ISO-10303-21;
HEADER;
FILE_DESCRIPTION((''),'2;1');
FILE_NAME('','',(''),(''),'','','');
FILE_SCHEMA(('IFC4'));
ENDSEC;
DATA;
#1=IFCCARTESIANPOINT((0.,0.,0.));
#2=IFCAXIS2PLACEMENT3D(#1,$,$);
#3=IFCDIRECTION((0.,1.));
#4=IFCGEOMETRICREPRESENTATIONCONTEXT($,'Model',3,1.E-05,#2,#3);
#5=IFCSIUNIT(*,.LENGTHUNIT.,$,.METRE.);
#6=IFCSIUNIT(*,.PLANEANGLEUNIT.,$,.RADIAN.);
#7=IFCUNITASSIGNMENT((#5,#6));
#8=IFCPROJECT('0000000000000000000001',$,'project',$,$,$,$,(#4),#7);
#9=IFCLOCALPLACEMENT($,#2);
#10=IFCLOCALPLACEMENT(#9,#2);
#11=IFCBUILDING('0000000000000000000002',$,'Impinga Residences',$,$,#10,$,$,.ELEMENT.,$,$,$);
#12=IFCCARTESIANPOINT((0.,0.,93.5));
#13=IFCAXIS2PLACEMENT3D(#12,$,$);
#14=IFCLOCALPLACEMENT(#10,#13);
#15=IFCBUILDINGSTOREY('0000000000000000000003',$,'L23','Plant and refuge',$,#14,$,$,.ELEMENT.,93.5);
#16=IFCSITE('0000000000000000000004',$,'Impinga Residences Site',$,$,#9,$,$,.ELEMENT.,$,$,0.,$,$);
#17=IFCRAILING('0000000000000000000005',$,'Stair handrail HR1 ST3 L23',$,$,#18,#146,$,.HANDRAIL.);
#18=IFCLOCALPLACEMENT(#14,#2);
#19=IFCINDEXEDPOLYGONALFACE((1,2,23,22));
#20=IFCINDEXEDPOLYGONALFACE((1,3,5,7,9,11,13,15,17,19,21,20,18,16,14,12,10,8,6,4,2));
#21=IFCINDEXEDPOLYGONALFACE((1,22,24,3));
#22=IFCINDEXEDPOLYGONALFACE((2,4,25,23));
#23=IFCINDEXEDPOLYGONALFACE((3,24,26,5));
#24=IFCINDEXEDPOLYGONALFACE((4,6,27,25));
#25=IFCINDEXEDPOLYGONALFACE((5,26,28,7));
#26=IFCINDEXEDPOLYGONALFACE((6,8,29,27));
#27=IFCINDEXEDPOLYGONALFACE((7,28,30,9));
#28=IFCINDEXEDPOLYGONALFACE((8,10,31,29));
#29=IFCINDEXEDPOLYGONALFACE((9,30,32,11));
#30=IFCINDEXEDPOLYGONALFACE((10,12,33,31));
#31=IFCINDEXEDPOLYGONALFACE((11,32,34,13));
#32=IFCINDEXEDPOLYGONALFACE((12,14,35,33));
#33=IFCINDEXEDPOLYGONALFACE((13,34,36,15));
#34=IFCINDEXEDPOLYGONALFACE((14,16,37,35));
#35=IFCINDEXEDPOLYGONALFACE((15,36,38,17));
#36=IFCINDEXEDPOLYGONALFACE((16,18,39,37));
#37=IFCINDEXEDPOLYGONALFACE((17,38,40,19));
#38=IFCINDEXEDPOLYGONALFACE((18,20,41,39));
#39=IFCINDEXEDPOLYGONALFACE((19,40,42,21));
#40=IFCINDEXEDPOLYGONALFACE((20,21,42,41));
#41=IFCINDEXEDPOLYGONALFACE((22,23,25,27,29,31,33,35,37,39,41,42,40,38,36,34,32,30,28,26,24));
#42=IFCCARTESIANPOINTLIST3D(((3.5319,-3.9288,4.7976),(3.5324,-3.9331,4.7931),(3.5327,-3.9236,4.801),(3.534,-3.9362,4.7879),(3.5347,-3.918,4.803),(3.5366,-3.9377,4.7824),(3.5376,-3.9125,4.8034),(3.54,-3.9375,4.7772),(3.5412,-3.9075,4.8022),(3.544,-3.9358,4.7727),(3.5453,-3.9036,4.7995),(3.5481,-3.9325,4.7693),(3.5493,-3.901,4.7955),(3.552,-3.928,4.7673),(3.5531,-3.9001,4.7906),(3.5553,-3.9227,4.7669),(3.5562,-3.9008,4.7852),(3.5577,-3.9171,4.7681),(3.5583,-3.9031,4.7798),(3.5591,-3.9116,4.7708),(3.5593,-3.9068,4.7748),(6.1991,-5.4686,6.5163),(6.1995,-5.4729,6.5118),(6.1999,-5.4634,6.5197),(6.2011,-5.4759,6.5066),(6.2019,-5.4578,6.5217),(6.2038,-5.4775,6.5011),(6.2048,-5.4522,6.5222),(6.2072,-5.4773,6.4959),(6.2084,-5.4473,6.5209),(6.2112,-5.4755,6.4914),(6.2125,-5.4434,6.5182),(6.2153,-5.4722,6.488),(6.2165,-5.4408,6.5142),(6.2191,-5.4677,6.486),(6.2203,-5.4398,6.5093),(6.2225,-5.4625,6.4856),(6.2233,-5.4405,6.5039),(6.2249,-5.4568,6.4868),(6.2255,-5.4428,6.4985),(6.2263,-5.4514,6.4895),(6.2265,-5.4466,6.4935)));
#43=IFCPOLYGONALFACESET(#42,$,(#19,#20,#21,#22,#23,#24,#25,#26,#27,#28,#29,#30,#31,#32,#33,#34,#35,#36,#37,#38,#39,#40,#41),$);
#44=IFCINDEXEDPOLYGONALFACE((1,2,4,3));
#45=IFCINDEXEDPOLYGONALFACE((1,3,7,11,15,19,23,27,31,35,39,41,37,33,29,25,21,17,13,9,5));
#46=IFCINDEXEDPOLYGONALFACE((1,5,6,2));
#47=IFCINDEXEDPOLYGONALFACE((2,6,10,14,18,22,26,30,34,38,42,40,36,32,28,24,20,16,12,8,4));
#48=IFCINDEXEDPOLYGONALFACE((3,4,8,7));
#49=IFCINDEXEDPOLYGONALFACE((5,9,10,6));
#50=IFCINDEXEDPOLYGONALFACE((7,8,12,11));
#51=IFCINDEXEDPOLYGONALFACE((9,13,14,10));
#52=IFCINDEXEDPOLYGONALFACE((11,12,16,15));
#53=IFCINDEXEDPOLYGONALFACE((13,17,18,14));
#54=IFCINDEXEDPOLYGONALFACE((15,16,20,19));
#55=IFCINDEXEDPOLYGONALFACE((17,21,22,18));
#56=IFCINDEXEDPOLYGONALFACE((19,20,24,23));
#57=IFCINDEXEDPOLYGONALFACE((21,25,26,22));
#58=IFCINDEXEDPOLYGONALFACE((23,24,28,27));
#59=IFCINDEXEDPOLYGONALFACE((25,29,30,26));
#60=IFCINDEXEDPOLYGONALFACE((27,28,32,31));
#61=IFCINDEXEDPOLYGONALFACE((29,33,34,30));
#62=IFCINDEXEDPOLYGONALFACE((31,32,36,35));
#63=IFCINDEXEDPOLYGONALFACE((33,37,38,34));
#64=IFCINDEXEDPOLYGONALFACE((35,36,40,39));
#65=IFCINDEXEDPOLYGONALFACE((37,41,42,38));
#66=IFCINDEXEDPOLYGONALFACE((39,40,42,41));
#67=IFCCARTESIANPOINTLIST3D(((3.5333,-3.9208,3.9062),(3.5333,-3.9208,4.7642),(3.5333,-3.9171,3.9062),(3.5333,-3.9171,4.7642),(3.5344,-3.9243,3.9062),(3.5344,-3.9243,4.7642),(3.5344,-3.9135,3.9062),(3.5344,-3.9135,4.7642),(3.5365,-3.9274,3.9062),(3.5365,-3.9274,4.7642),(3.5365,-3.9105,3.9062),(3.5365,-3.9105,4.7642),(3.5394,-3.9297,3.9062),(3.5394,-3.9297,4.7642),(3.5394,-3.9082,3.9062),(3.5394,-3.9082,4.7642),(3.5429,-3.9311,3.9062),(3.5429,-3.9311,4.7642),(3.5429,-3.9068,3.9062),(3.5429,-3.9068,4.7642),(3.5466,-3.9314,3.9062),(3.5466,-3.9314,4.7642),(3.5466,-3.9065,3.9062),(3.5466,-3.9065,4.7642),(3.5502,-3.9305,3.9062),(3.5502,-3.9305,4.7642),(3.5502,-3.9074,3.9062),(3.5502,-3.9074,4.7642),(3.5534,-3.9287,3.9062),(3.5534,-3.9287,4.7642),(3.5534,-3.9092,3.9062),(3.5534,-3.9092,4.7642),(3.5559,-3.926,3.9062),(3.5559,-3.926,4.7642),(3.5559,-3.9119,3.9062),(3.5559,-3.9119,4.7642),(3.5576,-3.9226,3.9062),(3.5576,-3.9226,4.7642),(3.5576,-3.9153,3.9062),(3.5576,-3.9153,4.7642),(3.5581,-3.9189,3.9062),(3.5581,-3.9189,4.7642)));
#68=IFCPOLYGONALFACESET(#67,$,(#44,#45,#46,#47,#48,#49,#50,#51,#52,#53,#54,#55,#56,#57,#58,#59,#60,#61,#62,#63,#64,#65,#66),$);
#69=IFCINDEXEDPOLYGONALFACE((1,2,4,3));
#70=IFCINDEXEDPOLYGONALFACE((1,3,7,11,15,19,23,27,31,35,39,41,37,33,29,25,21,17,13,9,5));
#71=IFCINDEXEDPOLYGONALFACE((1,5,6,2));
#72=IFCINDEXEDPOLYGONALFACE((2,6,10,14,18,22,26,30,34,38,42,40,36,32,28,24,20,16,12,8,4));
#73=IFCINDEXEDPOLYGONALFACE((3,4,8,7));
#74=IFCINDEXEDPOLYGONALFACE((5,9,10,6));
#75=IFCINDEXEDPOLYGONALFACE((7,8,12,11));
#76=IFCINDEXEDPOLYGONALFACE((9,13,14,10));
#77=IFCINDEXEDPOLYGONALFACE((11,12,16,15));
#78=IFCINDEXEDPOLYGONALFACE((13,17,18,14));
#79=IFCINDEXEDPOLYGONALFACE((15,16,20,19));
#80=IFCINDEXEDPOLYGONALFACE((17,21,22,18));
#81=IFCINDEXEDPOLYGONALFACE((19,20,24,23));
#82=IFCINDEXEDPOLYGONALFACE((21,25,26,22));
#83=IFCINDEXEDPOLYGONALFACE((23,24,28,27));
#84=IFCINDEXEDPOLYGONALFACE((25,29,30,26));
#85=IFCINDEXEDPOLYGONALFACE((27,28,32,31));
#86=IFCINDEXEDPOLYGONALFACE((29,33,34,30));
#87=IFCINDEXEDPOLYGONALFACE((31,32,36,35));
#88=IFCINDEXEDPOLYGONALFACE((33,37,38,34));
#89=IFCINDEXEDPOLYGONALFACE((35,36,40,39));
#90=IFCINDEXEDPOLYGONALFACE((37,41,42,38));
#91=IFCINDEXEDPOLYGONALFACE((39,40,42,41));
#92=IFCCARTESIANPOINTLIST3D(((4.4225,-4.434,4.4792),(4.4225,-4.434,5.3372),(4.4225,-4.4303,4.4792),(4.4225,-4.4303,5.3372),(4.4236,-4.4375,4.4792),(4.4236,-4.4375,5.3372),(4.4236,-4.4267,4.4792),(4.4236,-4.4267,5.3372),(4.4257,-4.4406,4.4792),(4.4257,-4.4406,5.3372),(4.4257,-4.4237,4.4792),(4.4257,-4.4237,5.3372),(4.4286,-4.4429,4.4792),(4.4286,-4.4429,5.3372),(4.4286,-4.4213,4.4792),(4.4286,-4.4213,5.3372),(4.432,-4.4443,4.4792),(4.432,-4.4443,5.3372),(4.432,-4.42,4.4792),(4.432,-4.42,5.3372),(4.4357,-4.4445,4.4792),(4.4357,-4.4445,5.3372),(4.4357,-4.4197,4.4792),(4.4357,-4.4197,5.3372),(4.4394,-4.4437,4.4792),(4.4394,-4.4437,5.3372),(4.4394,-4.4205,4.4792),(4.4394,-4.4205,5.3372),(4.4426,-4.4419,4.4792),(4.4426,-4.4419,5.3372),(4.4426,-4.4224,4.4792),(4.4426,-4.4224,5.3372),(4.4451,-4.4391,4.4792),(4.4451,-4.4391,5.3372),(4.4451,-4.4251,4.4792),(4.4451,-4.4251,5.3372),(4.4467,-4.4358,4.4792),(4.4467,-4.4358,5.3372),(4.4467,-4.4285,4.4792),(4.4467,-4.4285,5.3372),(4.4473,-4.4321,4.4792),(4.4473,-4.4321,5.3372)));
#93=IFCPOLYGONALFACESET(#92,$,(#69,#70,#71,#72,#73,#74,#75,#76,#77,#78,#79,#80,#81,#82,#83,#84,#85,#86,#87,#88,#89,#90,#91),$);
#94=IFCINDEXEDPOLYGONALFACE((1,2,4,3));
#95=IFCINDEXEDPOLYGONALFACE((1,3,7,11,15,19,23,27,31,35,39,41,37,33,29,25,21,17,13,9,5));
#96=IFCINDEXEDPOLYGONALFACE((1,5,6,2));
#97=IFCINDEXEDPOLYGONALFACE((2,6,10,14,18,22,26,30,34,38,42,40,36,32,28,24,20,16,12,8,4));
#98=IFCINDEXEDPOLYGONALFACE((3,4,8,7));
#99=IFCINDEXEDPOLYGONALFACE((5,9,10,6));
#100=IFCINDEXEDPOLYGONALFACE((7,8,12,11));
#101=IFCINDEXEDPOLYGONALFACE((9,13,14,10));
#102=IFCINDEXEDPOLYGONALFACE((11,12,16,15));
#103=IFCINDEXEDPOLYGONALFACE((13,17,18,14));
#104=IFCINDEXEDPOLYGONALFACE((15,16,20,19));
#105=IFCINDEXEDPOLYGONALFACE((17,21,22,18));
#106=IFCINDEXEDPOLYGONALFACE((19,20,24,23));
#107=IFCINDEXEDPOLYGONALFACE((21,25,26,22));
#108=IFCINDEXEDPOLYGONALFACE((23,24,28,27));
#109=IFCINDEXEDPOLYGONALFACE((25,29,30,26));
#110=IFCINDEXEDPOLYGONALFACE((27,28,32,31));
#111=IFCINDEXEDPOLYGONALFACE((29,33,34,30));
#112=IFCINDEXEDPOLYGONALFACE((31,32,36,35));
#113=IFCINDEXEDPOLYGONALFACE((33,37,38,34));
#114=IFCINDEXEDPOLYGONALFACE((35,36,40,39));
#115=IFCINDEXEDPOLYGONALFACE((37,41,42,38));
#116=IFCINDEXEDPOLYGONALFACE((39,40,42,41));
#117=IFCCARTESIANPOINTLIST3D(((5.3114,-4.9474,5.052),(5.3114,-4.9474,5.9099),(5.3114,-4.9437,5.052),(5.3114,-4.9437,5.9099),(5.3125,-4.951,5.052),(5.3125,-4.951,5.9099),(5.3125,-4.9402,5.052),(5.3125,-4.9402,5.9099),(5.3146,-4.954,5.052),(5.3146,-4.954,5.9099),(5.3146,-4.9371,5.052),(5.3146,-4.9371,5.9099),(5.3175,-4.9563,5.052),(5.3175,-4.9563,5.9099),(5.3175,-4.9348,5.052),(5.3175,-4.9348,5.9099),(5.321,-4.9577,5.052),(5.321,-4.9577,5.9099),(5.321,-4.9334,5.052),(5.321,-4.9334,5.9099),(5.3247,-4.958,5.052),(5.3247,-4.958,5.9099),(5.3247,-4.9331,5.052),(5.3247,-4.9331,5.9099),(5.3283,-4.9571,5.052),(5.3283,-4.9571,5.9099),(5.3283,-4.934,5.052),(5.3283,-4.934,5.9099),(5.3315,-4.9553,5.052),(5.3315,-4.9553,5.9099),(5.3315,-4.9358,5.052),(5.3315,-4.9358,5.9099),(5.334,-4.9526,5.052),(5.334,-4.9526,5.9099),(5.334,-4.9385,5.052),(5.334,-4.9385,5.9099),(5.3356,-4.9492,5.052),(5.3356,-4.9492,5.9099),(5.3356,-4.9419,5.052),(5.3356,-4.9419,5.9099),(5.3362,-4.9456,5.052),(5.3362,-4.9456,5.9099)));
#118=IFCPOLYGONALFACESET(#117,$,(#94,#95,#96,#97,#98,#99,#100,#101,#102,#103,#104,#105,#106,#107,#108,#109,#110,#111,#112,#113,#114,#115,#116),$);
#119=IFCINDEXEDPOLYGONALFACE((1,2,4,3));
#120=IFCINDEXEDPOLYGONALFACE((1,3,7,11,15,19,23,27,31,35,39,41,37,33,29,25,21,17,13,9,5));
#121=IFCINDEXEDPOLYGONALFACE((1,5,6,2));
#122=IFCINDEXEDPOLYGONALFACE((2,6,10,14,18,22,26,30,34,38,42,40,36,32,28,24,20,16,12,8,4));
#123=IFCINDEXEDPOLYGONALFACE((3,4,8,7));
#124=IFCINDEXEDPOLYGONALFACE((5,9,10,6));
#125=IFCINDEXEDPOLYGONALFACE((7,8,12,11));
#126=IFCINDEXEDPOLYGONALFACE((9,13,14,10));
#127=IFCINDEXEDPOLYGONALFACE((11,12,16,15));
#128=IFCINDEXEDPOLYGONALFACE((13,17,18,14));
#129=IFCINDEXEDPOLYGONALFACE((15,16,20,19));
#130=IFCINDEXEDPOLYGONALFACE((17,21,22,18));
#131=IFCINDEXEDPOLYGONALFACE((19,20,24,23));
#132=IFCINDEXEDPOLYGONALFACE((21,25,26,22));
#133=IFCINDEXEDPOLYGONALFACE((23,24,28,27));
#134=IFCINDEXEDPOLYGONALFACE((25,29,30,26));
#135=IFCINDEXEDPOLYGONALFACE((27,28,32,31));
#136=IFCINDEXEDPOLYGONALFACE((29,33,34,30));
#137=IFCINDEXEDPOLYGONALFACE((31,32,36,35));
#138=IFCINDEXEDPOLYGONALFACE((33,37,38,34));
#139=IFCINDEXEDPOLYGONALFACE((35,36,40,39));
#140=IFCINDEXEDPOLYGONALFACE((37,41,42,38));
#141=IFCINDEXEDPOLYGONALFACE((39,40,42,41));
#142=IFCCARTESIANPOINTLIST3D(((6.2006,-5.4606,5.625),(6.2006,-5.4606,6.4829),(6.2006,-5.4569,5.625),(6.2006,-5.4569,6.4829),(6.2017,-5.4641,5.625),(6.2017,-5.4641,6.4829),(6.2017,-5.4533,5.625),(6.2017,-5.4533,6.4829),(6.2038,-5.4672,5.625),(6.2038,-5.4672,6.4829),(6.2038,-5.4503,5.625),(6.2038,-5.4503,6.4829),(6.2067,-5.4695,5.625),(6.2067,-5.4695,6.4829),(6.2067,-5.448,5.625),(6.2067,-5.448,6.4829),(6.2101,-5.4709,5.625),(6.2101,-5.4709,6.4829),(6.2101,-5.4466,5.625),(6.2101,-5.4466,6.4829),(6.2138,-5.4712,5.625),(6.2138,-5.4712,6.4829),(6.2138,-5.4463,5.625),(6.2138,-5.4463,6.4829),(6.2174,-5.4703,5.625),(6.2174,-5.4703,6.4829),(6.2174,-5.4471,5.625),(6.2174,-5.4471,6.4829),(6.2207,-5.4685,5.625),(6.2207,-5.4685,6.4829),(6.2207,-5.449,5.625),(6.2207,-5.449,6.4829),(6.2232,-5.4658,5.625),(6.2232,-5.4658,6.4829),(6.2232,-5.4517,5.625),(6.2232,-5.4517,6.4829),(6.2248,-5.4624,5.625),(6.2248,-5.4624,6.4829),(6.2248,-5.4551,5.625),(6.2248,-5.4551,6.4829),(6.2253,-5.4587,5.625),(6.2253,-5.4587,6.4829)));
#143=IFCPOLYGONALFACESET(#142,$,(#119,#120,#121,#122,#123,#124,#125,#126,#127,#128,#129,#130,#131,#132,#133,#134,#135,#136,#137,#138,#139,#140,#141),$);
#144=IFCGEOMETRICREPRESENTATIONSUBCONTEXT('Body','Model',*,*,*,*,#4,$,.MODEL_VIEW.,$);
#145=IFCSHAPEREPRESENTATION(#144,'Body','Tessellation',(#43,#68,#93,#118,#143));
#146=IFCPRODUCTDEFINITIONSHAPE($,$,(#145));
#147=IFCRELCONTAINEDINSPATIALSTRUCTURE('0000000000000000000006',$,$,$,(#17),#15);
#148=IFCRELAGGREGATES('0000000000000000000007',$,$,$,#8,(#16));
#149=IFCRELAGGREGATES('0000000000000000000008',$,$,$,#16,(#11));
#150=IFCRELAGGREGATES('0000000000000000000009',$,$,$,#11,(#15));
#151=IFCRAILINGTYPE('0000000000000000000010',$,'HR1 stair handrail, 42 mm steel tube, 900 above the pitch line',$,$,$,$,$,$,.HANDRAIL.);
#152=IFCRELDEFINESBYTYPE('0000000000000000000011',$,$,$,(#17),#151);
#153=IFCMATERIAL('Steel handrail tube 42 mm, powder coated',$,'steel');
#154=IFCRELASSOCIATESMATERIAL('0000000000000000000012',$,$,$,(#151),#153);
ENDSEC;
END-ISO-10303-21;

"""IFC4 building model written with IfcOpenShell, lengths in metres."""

from ifc_helpers import new_model, si_unit, direction, frame, origin, origin_2d, place, context, subcontext, project, spatial, circle, extrude, material, type_object, element, save


model = new_model("IFC4")

# Units and contexts
model_context = context("Model", 3, precision=1e-05, world=origin(), true_north=direction((0.0, 1.0)))
body_context = subcontext(model_context, "Body", "Model", "MODEL_VIEW")
ifc_project = project(units=[si_unit("LENGTHUNIT", "METRE"), si_unit("PLANEANGLEUNIT", "RADIAN")], contexts=[model_context])

# Site, building, storey
site_placement = place(None, origin())
site = spatial("IfcSite", under=ifc_project, at=site_placement, Name="Impinga Residences Site", CompositionType="ELEMENT", RefElevation=0.0)
building_placement = place(site_placement, origin())
building = spatial("IfcBuilding", under=site, at=building_placement, Name="Impinga Residences", CompositionType="ELEMENT")
storey_placement = place(building_placement, frame((0.0, 0.0, 93.5)))
storey = spatial("IfcBuildingStorey", under=building, at=storey_placement, Name="L23", Description="Plant and refuge", CompositionType="ELEMENT", Elevation=93.5)

# Railing
ifc_material_1 = material(Name="Steel handrail tube 42 mm, powder coated", Category="steel")
railing_type = type_object("IfcRailingType", Name="HR1 stair handrail, 42 mm steel tube, 900 above the pitch line", PredefinedType="HANDRAIL", material=ifc_material_1)
for number, where, name in (
    (1, (3.5457, -3.9189, 3.9062), "Stair handrail HR1 ST3 L23"),
):
    element("IfcRailing", number, at=place(storey_placement, frame(where)), inside=storey, type_object=railing_type, Name=name, PredefinedType="HANDRAIL", context=body_context, shape_type="SweptSolid", body=[
        extrude(circle(Radius=0.021, at=origin_2d()), frame((0.0, 0.0, 0.8789), z_axis=(0.756249, -0.436582, 0.487322), x_axis=(0.499967, 0.866044, 0.0)), (0.0, 0.0, 1.0), 3.5269),
        extrude(circle(Radius=0.0125, at=origin_2d()), origin(), (0.0, 0.0, 1.0), 0.8579),
        extrude(circle(Radius=0.0125, at=origin_2d()), frame((0.8892, -0.5132, 0.573)), (0.0, 0.0, 1.0), 0.8579),
        extrude(circle(Radius=0.0125, at=origin_2d()), frame((1.7781, -1.0266, 1.1458)), (0.0, 0.0, 1.0), 0.8579),
        extrude(circle(Radius=0.0125, at=origin_2d()), frame((2.6672, -1.5398, 1.7188)), (0.0, 0.0, 1.0), 0.8579),
    ])

save(model, "model.ifc")
